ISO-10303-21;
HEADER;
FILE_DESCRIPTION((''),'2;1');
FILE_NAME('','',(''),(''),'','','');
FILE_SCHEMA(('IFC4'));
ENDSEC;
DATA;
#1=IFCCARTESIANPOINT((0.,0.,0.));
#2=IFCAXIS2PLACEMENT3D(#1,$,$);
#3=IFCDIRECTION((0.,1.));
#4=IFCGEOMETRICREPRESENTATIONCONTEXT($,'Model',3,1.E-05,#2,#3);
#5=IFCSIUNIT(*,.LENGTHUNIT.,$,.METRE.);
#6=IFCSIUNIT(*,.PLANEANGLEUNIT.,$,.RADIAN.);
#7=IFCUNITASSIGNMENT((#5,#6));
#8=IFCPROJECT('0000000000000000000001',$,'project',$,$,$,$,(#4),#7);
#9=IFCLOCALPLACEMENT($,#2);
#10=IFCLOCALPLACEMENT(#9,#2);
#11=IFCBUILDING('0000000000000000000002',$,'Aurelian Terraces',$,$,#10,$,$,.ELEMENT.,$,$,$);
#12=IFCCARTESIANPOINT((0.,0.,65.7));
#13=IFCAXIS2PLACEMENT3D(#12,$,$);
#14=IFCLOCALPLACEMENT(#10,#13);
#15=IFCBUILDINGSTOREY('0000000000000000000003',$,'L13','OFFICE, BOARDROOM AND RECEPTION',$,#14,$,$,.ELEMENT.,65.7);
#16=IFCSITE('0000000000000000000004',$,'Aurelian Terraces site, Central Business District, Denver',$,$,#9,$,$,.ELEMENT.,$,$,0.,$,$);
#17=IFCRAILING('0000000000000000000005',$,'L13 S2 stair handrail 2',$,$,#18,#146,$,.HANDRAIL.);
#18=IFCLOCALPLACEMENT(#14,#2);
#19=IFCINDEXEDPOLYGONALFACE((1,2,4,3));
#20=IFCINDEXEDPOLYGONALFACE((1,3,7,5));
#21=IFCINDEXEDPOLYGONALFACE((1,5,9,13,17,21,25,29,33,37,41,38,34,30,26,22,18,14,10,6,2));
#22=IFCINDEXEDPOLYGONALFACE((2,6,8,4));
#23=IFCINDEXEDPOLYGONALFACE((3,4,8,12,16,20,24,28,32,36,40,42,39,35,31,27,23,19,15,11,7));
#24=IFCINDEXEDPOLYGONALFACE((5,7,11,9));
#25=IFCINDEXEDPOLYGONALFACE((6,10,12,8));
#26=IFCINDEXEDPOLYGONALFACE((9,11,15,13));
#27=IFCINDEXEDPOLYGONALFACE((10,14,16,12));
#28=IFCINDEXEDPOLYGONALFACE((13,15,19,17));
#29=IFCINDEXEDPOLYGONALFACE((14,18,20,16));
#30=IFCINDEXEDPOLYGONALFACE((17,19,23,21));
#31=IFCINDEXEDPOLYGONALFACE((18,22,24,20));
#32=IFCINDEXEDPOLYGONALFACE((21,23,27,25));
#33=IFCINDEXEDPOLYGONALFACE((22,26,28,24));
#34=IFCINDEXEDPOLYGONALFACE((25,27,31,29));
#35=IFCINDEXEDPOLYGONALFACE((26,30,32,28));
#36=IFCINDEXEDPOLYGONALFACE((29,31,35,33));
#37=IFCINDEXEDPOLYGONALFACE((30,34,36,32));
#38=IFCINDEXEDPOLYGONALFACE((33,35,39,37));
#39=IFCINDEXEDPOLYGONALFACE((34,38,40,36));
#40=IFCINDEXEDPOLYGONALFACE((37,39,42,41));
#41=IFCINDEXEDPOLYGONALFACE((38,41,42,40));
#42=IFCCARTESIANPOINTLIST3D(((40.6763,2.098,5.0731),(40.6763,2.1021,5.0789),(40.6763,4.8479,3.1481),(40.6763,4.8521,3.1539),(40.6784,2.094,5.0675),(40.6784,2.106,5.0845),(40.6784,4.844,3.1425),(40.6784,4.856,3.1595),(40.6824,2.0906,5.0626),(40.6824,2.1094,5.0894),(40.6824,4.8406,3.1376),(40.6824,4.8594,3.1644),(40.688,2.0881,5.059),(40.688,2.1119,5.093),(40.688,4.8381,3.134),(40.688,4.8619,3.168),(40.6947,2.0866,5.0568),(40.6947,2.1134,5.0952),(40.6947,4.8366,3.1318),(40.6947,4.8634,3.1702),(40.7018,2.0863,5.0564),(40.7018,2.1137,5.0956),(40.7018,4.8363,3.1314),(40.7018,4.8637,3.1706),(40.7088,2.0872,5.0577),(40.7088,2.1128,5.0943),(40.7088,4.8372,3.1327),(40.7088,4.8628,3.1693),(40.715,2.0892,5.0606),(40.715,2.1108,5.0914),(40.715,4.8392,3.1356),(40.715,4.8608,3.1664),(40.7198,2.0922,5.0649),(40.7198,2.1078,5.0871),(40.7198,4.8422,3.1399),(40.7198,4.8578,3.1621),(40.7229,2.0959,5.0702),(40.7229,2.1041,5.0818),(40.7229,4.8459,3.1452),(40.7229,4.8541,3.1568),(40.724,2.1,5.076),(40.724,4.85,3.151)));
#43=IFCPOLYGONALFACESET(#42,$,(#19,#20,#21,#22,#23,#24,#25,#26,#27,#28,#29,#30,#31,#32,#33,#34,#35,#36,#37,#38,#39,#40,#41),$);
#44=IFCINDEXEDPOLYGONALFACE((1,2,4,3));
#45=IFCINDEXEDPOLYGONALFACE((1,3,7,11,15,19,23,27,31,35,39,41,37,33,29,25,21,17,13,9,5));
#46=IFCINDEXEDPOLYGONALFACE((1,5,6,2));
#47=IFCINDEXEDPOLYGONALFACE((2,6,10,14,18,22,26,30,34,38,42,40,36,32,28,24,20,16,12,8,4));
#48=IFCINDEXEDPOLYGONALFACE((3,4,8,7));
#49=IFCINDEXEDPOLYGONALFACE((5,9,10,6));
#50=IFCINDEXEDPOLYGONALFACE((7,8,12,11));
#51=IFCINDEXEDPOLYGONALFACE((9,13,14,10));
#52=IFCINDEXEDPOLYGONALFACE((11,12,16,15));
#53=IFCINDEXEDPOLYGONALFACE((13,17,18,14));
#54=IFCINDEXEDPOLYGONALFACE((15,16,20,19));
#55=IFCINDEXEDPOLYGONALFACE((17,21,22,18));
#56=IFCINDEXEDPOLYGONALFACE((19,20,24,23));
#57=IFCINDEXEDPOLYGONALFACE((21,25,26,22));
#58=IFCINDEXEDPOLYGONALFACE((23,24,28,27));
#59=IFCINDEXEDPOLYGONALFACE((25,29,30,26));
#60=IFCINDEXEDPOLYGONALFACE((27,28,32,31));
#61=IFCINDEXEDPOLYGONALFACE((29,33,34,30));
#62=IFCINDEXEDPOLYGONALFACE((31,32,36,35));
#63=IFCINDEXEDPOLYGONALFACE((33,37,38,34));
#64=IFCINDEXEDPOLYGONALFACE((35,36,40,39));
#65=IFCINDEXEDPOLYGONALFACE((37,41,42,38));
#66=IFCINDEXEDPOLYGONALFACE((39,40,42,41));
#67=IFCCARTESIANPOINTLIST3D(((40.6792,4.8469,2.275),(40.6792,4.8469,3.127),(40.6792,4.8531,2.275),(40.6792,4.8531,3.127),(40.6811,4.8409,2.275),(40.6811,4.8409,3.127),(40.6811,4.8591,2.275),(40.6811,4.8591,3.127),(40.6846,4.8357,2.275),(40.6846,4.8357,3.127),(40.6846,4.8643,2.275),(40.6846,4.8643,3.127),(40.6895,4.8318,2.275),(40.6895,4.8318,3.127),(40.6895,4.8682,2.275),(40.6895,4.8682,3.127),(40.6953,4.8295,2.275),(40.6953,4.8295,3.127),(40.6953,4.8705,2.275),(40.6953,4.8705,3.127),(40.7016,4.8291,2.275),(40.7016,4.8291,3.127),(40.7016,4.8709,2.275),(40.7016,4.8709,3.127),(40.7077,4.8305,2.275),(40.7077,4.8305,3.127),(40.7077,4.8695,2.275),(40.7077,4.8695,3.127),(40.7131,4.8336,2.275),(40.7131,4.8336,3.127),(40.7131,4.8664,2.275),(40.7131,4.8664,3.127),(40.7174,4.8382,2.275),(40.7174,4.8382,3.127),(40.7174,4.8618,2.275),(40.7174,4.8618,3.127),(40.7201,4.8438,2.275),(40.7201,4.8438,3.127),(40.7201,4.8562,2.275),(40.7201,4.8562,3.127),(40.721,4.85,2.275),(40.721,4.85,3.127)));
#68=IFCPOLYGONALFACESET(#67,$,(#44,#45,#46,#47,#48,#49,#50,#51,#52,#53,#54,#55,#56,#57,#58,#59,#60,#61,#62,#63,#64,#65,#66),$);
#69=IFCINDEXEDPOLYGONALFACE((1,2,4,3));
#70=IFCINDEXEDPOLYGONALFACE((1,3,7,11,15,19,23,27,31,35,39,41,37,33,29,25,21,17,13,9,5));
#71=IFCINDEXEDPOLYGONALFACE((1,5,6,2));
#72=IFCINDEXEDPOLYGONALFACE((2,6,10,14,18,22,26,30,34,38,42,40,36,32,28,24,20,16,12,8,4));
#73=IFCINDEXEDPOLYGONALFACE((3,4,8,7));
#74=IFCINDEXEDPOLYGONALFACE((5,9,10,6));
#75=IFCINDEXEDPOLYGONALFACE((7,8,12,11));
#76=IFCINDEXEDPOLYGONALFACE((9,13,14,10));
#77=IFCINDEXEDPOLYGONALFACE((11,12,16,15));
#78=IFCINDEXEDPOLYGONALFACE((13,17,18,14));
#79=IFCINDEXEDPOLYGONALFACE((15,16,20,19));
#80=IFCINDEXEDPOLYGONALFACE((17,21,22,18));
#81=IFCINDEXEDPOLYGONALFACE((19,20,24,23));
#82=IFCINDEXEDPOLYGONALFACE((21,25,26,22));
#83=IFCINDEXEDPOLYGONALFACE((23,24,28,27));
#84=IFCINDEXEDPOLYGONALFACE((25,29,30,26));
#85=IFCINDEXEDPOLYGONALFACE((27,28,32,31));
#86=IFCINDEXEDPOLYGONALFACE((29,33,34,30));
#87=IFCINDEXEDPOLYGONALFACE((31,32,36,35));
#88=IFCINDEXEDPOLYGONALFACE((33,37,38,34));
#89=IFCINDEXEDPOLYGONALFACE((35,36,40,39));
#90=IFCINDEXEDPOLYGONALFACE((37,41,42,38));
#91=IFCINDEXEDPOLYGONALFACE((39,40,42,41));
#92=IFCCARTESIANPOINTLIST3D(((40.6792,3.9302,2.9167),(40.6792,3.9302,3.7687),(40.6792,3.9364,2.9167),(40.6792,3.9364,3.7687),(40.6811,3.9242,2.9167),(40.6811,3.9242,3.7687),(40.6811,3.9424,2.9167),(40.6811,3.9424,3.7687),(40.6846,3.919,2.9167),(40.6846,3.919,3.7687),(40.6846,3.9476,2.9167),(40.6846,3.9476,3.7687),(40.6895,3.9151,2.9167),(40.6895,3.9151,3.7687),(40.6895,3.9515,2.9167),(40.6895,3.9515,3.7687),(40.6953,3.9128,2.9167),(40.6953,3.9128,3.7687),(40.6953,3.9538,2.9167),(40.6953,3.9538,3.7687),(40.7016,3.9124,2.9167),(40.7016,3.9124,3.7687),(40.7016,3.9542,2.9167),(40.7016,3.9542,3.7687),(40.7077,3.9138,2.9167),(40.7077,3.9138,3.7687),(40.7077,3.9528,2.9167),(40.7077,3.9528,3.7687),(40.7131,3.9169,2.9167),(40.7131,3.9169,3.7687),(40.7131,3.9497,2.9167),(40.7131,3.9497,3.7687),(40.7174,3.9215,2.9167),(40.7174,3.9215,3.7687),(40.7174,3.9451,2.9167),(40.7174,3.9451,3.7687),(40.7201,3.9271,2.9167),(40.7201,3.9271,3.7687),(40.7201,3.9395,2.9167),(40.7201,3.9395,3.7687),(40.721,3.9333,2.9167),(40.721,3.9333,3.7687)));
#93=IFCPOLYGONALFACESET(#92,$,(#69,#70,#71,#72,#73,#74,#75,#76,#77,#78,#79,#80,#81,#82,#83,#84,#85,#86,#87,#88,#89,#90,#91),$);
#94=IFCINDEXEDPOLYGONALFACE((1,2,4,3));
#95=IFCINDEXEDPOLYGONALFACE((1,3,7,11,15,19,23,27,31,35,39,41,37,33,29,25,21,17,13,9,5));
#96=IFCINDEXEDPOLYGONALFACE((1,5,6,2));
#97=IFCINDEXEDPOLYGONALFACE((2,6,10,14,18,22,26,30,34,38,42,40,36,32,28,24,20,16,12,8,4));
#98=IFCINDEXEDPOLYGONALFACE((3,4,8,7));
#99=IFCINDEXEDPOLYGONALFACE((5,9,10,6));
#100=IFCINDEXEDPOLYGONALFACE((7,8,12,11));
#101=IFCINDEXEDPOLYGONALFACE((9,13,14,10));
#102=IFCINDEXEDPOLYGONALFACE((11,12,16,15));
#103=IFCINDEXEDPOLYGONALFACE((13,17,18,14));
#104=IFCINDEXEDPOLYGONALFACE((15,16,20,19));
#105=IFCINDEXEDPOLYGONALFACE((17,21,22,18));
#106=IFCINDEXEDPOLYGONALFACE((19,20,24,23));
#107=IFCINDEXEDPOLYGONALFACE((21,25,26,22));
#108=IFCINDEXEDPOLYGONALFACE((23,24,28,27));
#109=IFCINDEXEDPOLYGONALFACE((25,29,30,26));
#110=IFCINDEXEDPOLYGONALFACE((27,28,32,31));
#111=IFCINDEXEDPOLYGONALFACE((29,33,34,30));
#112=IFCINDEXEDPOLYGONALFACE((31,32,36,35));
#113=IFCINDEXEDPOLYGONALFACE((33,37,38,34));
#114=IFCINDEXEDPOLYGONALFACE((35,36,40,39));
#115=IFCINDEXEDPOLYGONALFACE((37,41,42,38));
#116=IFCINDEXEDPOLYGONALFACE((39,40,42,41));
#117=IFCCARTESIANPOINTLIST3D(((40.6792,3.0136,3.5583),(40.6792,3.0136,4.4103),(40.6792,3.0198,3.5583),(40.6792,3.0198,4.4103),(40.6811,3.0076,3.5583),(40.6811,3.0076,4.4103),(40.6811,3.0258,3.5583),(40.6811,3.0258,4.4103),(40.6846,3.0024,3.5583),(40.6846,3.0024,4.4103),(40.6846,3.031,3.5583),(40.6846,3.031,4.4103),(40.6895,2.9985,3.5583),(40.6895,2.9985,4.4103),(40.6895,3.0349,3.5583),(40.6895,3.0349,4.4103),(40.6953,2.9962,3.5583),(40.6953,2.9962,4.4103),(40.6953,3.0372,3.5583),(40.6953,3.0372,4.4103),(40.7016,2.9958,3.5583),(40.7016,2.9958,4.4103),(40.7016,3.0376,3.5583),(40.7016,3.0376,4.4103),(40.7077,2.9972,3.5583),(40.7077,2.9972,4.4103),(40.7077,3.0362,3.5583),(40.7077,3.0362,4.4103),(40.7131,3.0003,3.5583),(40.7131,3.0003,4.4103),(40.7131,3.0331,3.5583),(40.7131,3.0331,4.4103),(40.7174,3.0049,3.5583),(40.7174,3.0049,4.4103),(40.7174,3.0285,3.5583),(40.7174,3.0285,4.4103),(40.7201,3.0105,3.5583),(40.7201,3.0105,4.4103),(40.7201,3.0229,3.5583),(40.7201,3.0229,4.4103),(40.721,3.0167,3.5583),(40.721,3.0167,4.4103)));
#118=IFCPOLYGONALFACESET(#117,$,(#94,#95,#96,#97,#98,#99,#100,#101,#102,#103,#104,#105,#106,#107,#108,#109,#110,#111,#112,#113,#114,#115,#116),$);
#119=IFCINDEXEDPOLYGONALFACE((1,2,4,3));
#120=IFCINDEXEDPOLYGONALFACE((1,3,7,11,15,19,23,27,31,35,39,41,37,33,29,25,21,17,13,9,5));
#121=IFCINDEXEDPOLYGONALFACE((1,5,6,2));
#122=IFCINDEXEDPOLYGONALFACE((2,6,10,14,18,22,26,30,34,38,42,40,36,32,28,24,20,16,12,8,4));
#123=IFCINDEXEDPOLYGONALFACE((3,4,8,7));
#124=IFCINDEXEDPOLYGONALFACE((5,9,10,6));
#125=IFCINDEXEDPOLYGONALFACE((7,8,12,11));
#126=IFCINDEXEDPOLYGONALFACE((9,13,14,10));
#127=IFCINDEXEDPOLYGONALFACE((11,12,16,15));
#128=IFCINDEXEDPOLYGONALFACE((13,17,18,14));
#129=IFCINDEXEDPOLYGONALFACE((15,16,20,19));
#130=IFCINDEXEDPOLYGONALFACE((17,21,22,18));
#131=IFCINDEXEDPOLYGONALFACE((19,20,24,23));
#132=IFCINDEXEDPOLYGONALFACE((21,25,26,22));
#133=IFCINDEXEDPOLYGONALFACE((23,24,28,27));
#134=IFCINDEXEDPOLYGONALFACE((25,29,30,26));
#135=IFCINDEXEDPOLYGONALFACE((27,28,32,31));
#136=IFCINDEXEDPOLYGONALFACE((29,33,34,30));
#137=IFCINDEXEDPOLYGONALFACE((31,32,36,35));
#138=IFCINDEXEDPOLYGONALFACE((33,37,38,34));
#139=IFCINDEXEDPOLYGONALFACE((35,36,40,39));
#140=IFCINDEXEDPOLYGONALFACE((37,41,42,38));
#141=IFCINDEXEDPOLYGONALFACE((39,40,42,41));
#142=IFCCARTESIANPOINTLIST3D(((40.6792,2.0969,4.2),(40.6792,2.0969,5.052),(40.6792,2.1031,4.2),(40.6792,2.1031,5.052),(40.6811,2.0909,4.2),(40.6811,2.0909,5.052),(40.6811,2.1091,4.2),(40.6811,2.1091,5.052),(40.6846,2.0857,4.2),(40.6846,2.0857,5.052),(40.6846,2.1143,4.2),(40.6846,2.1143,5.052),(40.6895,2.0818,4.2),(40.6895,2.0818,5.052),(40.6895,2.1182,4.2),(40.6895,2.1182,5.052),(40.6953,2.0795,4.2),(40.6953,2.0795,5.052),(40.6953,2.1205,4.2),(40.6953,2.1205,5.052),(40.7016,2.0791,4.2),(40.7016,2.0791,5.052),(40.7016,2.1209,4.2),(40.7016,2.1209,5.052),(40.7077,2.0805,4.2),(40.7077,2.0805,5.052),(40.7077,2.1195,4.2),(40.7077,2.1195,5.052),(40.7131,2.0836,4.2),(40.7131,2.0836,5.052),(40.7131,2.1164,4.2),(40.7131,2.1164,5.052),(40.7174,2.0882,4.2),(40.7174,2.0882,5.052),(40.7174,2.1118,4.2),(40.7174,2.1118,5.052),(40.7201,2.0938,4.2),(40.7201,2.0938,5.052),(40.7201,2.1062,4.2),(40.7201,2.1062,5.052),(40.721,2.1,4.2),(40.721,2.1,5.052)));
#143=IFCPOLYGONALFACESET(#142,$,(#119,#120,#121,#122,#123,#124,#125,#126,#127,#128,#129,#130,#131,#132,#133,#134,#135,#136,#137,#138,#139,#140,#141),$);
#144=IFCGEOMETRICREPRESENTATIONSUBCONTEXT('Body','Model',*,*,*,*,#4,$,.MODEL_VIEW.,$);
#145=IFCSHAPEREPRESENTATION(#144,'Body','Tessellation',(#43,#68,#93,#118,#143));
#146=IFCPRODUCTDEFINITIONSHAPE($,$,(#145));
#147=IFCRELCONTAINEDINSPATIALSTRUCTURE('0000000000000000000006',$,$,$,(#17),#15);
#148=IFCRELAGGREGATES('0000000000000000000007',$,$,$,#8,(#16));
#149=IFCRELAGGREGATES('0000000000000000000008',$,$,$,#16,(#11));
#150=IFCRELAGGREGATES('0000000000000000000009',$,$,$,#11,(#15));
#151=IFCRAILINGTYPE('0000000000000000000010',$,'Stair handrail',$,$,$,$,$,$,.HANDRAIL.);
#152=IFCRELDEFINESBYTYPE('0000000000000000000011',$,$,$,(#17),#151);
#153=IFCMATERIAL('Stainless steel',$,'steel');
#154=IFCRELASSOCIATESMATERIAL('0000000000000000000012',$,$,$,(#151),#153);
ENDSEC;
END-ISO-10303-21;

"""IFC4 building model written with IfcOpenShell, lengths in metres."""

from ifc_helpers import new_model, si_unit, direction, frame, origin, origin_2d, place, context, subcontext, project, spatial, circle, extrude, source, transform, mapped, material, type_object, element, save


model = new_model("IFC4")

# Units and contexts
model_context = context("Model", 3, precision=1e-05, world=origin(), true_north=direction((0.0, 1.0)))
body_context = subcontext(model_context, "Body", "Model", "MODEL_VIEW")
ifc_project = project(units=[si_unit("LENGTHUNIT", "METRE"), si_unit("PLANEANGLEUNIT", "RADIAN")], contexts=[model_context])

# Site, building, storey
site_placement = place(None, origin())
site = spatial("IfcSite", under=ifc_project, at=site_placement, Name="Aurelian Terraces site, Central Business District, Denver", CompositionType="ELEMENT", RefElevation=0.0)
building_placement = place(site_placement, origin())
building = spatial("IfcBuilding", under=site, at=building_placement, Name="Aurelian Terraces", CompositionType="ELEMENT")
storey_placement = place(building_placement, frame((0.0, 0.0, 65.7)))
storey = spatial("IfcBuildingStorey", under=building, at=storey_placement, Name="L13", Description="OFFICE, BOARDROOM AND RECEPTION", CompositionType="ELEMENT", Elevation=65.7)

# Railing
ifc_material_1 = material(Name="Stainless steel", Category="steel")
railing_type_1 = type_object("IfcRailingType", Name="Stair handrail", PredefinedType="HANDRAIL", material=ifc_material_1)
shared_shape_1 = source(origin(), body_context, "Body", "SweptSolid", [
    extrude(circle(Radius=0.024, at=origin_2d()), frame((0.0, 0.0, 0.876), z_axis=(0.0, -0.819232, 0.573462), x_axis=(1.0, 0.0, 0.0)), (0.0, 0.0, 1.0), 3.3568),
    extrude(circle(Radius=0.021, at=origin_2d()), origin(), (0.0, 0.0, 1.0), 0.852),
    extrude(circle(Radius=0.021, at=origin_2d()), frame((0.0, -0.9167, 0.6417)), (0.0, 0.0, 1.0), 0.852),
    extrude(circle(Radius=0.021, at=origin_2d()), frame((0.0, -1.8333, 1.2833)), (0.0, 0.0, 1.0), 0.852),
    extrude(circle(Radius=0.021, at=origin_2d()), frame((0.0, -2.75, 1.925)), (0.0, 0.0, 1.0), 0.852),
])
railing_1_placement = place(storey_placement, frame((40.7, 4.85, 2.275)))
element("IfcRailing", 1, at=railing_1_placement, inside=storey, type_object=railing_type_1, Name="L13 S2 stair handrail 2", PredefinedType="HANDRAIL", context=body_context, shape_type="MappedRepresentation", body=[
    mapped(shared_shape_1, transform((0.0, 0.0, 0.0), scale=1.0)),
])

save(model, "model.ifc")
